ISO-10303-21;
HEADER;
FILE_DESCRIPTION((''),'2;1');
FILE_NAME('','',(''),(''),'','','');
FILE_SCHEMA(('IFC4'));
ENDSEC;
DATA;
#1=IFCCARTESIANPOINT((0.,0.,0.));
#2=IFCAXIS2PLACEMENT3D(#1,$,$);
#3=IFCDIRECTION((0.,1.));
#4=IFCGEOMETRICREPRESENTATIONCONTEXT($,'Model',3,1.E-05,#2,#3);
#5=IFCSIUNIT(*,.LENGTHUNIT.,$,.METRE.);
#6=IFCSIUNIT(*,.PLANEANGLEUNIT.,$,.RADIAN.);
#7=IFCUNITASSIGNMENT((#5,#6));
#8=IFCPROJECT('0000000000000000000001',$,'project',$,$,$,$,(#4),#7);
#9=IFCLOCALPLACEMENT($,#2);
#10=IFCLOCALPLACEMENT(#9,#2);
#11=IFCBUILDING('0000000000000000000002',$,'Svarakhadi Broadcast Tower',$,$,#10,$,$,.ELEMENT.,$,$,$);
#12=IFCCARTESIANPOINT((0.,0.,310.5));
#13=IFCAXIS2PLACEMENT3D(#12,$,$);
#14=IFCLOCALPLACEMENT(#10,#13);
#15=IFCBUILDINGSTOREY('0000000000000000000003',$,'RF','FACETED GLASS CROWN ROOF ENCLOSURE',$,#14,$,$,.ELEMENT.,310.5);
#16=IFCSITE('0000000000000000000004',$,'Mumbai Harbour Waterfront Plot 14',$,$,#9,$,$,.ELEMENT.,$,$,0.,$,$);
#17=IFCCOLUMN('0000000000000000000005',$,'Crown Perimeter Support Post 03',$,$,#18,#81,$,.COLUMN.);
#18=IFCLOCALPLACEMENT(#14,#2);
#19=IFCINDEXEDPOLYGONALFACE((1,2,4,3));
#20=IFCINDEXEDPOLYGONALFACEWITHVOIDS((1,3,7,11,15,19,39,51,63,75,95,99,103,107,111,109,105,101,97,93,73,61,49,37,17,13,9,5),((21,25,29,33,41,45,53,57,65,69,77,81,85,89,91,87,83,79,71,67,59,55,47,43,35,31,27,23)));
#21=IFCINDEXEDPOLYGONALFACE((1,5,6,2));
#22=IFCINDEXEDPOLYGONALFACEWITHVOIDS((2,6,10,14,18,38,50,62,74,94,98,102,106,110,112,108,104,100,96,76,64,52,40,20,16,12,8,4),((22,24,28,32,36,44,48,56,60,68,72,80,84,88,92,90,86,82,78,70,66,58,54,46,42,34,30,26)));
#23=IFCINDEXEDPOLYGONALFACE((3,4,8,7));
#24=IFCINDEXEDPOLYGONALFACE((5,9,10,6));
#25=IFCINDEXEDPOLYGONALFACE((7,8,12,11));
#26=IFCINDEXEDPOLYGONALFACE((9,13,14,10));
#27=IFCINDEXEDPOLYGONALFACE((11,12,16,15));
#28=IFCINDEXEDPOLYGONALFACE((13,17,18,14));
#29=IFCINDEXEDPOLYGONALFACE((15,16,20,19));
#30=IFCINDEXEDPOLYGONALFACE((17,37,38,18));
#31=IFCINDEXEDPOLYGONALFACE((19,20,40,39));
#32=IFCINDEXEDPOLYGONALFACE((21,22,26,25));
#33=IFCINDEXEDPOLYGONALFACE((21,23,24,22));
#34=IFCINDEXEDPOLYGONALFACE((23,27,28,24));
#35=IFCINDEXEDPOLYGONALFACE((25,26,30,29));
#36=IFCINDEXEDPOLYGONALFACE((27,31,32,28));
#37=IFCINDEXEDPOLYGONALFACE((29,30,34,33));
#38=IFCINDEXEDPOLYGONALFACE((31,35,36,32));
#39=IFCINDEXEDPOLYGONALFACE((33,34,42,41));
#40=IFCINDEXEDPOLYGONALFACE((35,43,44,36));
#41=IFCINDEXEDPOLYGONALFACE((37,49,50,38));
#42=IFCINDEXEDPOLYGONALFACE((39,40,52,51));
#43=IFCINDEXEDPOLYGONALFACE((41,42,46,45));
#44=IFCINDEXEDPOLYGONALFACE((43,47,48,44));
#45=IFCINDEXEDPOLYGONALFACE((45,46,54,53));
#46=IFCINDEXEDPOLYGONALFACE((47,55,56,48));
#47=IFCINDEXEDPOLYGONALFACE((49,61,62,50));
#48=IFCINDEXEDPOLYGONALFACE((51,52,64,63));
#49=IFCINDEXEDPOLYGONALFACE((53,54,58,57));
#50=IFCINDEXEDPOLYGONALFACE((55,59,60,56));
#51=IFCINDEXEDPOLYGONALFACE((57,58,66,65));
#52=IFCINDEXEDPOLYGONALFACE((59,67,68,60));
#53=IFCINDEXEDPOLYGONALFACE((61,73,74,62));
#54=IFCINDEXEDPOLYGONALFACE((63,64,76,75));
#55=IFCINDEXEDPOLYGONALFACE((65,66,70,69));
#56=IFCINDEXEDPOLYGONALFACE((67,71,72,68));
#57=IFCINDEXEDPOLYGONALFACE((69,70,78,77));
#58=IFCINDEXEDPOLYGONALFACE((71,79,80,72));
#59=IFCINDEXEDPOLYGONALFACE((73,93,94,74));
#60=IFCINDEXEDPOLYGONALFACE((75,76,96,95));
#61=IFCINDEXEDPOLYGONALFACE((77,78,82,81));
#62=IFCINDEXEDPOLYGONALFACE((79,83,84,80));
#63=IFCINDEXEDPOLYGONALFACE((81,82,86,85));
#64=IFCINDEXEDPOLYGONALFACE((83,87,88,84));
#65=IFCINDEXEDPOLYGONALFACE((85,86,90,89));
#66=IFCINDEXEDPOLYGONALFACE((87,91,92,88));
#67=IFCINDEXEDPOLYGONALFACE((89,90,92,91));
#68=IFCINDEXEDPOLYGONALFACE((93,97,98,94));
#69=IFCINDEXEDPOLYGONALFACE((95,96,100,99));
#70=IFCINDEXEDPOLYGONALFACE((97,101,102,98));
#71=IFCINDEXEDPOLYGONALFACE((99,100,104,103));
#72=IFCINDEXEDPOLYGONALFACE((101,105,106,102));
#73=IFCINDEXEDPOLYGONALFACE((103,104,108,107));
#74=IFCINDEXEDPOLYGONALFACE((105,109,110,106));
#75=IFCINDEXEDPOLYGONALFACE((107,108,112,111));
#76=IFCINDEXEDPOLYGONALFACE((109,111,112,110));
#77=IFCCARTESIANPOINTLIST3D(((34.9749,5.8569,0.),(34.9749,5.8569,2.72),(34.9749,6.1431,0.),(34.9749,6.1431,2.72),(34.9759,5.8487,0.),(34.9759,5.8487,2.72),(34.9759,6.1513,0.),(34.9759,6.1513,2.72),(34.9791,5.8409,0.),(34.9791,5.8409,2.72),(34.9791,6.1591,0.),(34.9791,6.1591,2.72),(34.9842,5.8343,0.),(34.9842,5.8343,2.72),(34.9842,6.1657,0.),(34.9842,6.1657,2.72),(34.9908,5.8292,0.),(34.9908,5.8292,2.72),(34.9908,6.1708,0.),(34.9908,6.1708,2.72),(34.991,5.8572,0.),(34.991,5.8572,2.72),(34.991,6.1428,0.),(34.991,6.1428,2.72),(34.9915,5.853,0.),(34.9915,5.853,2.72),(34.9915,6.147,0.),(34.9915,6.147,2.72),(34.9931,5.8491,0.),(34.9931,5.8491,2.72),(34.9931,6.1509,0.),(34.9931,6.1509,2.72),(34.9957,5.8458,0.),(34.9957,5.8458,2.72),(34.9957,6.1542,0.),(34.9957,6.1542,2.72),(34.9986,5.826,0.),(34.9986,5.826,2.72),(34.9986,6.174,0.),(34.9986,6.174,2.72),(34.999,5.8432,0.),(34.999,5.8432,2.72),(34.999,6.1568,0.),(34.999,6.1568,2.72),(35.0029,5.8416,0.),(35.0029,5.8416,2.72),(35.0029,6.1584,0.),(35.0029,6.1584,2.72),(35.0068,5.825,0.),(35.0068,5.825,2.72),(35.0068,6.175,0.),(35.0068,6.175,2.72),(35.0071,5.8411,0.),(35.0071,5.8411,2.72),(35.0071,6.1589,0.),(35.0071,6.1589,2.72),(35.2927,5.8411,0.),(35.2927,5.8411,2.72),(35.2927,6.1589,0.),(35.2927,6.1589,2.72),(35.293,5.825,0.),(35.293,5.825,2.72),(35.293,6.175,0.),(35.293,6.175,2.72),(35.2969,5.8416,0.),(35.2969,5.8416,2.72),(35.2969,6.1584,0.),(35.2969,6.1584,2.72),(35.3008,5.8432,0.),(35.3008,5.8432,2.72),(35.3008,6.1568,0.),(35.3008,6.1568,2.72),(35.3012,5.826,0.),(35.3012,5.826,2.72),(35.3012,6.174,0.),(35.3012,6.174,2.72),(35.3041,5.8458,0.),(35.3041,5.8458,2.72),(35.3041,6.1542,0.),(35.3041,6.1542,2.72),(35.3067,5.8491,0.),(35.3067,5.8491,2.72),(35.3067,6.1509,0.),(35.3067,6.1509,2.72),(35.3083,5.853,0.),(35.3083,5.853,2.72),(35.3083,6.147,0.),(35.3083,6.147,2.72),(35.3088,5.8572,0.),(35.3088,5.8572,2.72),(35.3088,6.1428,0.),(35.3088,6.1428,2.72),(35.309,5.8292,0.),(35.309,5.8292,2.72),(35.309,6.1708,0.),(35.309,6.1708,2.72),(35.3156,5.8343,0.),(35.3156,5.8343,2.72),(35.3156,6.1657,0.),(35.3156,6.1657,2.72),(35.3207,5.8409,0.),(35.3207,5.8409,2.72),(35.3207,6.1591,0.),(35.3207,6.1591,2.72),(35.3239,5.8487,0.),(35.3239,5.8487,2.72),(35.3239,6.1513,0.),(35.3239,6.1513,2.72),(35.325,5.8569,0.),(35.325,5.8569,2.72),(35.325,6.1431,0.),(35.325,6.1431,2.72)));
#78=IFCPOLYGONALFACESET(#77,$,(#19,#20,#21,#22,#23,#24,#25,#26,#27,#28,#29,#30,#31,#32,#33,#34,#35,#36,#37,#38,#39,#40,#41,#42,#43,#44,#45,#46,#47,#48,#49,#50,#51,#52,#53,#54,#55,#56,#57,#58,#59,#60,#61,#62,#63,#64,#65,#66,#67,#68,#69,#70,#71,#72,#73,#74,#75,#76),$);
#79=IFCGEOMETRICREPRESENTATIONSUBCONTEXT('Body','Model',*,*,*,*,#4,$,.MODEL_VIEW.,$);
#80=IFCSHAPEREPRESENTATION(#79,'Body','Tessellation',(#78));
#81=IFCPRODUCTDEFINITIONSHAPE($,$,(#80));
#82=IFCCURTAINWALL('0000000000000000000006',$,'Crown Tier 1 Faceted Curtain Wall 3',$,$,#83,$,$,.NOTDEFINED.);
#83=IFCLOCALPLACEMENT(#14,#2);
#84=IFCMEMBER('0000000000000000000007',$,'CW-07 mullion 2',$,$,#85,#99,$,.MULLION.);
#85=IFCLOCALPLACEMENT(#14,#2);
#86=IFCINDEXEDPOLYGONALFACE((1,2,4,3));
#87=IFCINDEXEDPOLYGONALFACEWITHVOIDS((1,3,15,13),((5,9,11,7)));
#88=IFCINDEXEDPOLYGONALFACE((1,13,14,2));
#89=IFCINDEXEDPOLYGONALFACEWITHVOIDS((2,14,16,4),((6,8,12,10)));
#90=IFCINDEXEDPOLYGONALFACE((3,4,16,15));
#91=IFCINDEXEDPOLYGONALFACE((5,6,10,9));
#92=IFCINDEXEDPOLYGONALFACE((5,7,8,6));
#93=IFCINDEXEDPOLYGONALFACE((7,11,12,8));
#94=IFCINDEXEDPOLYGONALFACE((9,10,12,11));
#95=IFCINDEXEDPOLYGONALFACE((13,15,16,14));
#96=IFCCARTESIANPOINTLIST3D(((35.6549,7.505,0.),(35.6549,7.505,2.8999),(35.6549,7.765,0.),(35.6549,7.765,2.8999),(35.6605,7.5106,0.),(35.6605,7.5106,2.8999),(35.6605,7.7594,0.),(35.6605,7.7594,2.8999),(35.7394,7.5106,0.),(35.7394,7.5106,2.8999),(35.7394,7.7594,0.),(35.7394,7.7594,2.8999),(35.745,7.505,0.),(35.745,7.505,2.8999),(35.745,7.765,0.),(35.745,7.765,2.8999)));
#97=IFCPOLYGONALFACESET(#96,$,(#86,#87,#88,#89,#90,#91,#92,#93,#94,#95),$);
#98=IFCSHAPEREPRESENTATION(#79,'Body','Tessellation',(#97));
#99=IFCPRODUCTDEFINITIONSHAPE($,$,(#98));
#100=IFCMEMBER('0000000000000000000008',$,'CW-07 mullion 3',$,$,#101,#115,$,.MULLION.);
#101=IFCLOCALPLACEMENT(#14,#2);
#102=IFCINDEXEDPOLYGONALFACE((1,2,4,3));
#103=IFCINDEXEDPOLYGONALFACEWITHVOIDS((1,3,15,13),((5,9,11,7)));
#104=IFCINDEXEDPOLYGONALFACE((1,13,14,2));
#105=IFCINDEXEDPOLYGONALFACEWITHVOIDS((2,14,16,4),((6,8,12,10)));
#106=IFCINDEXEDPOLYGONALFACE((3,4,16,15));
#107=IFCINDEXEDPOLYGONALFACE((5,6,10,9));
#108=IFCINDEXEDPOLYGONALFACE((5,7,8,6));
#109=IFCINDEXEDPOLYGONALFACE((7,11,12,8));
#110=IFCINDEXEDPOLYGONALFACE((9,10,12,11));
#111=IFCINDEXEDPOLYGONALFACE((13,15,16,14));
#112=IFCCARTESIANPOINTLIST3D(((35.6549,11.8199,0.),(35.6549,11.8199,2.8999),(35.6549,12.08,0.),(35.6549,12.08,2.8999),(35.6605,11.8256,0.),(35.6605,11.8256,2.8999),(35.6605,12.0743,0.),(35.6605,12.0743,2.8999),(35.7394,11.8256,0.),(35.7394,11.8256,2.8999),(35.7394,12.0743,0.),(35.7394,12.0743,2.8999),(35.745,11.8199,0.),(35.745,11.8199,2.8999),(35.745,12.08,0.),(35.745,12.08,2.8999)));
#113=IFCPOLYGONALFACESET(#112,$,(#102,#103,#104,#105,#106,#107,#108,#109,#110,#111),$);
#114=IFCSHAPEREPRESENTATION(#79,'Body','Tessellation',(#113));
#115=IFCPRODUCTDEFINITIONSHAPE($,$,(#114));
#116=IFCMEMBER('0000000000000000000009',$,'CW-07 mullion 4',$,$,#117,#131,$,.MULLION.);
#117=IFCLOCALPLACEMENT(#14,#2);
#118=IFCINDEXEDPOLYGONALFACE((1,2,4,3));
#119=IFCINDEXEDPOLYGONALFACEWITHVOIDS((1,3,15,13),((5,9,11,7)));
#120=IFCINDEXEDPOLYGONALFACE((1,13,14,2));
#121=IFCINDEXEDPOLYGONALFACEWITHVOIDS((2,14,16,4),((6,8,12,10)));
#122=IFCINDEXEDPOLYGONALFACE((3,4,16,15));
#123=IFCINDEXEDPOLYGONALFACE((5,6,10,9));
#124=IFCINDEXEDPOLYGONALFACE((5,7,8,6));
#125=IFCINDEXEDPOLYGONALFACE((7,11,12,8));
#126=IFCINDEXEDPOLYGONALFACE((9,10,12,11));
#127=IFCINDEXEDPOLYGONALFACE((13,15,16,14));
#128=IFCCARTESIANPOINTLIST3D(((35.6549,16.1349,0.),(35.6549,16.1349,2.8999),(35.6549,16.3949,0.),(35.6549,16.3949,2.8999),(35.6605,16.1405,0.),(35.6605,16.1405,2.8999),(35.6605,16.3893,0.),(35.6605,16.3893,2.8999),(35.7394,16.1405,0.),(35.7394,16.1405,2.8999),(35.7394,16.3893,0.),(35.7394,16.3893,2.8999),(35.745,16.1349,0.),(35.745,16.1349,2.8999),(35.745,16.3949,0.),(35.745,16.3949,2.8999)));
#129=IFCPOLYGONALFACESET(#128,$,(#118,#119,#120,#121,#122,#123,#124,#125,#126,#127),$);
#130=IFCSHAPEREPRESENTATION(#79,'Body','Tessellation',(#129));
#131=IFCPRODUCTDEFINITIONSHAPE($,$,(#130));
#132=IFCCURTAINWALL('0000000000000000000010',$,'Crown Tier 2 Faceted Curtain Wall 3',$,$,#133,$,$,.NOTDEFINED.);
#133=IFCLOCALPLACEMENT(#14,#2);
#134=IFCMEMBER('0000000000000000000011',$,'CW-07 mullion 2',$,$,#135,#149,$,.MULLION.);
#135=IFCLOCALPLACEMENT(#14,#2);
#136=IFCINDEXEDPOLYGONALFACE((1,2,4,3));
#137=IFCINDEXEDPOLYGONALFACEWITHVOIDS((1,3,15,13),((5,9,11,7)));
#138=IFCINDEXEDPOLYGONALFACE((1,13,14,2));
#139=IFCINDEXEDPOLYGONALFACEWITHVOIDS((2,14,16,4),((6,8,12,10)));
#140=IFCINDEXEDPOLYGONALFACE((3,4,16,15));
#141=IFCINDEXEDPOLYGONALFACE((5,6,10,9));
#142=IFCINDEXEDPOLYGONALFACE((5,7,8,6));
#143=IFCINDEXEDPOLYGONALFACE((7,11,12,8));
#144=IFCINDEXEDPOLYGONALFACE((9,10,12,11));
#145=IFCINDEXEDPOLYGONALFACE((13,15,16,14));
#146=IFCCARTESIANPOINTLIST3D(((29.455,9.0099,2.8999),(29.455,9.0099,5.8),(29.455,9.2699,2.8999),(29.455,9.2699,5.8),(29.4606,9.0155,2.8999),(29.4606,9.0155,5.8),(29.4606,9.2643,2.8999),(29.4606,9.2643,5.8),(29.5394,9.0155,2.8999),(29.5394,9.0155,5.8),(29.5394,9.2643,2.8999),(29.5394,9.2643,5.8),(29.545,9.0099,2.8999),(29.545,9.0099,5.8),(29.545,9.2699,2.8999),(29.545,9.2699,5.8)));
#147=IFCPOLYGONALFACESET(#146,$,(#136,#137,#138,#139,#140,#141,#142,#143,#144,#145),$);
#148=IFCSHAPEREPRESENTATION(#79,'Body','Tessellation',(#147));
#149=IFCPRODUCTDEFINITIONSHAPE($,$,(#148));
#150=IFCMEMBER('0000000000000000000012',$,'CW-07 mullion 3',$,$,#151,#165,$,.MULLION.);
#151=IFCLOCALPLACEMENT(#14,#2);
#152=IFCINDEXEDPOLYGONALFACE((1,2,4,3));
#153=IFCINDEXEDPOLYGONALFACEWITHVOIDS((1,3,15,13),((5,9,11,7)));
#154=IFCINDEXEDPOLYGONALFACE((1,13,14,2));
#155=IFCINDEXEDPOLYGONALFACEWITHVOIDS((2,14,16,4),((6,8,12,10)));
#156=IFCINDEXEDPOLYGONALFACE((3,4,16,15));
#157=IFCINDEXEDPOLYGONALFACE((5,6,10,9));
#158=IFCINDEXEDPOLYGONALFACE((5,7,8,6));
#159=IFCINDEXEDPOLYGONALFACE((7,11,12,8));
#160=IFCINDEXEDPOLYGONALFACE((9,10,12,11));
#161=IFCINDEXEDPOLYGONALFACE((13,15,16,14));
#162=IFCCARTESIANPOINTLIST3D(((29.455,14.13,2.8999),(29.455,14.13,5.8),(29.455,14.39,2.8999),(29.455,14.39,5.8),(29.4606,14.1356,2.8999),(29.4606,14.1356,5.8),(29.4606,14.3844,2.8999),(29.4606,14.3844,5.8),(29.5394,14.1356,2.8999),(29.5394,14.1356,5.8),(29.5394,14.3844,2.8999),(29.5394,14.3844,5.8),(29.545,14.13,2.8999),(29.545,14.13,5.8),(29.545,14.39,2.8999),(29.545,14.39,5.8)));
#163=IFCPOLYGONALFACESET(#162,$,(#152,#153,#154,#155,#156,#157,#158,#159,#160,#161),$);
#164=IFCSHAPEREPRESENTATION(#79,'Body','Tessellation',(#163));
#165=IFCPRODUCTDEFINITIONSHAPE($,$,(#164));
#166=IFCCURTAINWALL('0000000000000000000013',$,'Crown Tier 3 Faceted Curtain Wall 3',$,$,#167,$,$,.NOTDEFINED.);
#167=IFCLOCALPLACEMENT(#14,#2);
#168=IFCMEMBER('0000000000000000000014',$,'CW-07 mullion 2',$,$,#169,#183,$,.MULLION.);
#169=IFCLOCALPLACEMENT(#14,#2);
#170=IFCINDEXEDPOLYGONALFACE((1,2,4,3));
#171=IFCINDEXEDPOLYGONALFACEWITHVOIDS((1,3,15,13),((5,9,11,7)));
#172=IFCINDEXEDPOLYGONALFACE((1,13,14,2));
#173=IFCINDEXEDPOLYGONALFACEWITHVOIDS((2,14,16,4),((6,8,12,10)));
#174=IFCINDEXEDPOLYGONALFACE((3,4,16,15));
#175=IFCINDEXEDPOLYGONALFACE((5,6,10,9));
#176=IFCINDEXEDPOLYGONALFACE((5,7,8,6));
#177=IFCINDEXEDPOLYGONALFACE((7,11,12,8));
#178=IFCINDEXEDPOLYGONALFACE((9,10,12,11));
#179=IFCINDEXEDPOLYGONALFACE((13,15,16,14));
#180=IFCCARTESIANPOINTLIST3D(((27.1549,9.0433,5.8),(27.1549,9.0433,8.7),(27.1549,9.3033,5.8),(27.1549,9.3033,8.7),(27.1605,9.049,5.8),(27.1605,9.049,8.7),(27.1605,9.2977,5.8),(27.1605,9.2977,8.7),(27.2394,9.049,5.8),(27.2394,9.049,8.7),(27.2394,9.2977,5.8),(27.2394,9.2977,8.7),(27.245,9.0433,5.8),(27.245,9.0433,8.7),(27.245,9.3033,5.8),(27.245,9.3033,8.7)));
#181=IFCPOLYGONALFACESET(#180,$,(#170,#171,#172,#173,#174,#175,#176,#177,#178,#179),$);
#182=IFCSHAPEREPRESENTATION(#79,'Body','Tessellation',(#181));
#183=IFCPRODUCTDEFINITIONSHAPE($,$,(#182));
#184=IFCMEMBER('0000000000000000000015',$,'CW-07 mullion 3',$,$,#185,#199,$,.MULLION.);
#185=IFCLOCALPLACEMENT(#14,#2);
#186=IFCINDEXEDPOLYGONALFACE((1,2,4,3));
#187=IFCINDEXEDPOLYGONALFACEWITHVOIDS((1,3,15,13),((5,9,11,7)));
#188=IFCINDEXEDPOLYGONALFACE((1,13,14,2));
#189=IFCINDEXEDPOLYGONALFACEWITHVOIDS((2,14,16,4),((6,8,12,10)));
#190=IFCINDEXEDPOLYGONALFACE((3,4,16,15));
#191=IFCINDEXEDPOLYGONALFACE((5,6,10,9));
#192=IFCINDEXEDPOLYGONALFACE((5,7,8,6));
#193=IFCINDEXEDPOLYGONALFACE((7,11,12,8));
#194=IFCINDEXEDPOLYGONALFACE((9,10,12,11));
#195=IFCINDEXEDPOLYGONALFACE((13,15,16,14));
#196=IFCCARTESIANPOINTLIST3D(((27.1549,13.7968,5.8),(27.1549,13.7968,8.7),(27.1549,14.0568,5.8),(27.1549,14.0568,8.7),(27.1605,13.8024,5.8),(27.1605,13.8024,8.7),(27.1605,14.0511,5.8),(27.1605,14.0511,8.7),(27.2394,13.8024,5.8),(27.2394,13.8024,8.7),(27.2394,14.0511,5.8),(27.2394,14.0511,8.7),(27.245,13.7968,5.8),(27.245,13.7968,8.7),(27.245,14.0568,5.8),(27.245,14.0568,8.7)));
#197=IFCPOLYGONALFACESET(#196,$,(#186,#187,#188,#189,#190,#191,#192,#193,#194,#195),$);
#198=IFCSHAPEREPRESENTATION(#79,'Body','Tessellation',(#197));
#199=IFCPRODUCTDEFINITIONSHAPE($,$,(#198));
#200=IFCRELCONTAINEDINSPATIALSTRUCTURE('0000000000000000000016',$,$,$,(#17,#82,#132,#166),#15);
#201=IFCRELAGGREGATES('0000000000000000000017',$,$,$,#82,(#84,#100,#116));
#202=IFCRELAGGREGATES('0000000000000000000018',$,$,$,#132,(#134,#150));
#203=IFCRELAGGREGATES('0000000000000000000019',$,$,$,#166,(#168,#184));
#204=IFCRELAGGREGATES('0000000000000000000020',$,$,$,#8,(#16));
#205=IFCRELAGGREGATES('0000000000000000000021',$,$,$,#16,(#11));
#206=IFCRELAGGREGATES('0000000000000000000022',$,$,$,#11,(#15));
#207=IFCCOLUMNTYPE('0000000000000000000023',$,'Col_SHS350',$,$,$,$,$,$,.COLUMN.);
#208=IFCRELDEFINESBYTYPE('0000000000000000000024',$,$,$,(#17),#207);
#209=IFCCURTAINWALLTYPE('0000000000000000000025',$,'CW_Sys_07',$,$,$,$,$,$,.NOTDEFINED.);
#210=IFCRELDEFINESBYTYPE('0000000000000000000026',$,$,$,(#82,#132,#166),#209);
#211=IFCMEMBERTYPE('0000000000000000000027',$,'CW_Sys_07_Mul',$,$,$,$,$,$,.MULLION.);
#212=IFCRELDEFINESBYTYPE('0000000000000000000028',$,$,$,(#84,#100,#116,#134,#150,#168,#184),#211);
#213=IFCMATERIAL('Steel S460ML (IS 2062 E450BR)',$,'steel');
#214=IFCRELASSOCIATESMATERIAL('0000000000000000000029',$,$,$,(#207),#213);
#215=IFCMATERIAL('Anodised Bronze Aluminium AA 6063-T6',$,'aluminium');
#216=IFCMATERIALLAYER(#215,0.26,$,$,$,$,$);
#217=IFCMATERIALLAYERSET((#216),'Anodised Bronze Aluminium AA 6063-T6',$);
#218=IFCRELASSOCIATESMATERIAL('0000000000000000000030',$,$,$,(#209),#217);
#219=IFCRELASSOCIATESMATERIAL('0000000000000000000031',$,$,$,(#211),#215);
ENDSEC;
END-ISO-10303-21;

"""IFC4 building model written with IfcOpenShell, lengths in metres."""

from ifc_helpers import new_model, si_unit, direction, frame, origin, origin_2d, place, context, subcontext, project, spatial, hollow_rectangle, extrude, material, layer, layer_set, material_profile, profile_set, type_object, element, aggregate, save


model = new_model("IFC4")

# Units and contexts
model_context = context("Model", 3, precision=1e-05, world=origin(), true_north=direction((0.0, 1.0)))
body_context = subcontext(model_context, "Body", "Model", "MODEL_VIEW")
ifc_project = project(units=[si_unit("LENGTHUNIT", "METRE"), si_unit("PLANEANGLEUNIT", "RADIAN")], contexts=[model_context])

# Site, building, storey
site_placement = place(None, origin())
site = spatial("IfcSite", under=ifc_project, at=site_placement, Name="Mumbai Harbour Waterfront Plot 14", CompositionType="ELEMENT", RefElevation=0.0)
building_placement = place(site_placement, origin())
building = spatial("IfcBuilding", under=site, at=building_placement, Name="Svarakhadi Broadcast Tower", CompositionType="ELEMENT")
storey_placement = place(building_placement, frame((0.0, 0.0, 310.5)))
storey = spatial("IfcBuildingStorey", under=building, at=storey_placement, Name="RF", Description="FACETED GLASS CROWN ROOF ENCLOSURE", CompositionType="ELEMENT", Elevation=310.5)

# Column
ifc_material_1 = material(Name="Steel S460ML (IS 2062 E450BR)", Category="steel")
ifc_material_profile_1 = material_profile(ifc_material_1, hollow_rectangle(XDim=0.3501, YDim=0.3501, WallThickness=0.0161, InnerFilletRadius=0.0161, OuterFilletRadius=0.032, at=origin_2d()), Name="SHS 350x350x16")
ifc_profile_set_1 = profile_set([ifc_material_profile_1], Name="Steel S460ML (IS 2062 E450BR)")
column_type = type_object("IfcColumnType", Name="Col_SHS350", PredefinedType="COLUMN", material=ifc_profile_set_1)
column_placement = place(storey_placement, frame((35.1499, 6.0, 0.0), z_axis=(0.0, 0.0, 1.0), x_axis=(1.0, 0.0, 0.0)))
element("IfcColumn", 1, at=column_placement, inside=storey, type_object=column_type, Name="Crown Perimeter Support Post 03", PredefinedType="COLUMN", context=body_context, shape_type="SweptSolid", body=[
    extrude(hollow_rectangle(XDim=0.3501, YDim=0.3501, WallThickness=0.0161, InnerFilletRadius=0.0161, OuterFilletRadius=0.032, at=origin_2d()), origin(), (0.0, 0.0, 1.0), 2.72),
])

# Curtain walls, members
ifc_material_2 = material(Name="Anodised Bronze Aluminium AA 6063-T6", Category="aluminium")
ifc_layer_1 = layer(ifc_material_2, 0.26)
ifc_layer_set_1 = layer_set([ifc_layer_1], Name="Anodised Bronze Aluminium AA 6063-T6")
curtain_wall_type = type_object("IfcCurtainWallType", Name="CW_Sys_07", PredefinedType="NOTDEFINED", material=ifc_layer_set_1)
curtain_wall_1_placement = place(storey_placement, origin())
curtain_wall_1 = element("IfcCurtainWall", 2, at=curtain_wall_1_placement, inside=storey, type_object=curtain_wall_type, Name="Crown Tier 1 Faceted Curtain Wall 3", PredefinedType="NOTDEFINED")
ifc_material_profile_2 = material_profile(ifc_material_2, hollow_rectangle(XDim=0.0901, YDim=0.26, WallThickness=0.0056, at=origin_2d()), Name="ALU MULLION 260x90x6")
ifc_profile_set_2 = profile_set([ifc_material_profile_2], Name="Anodised Bronze Aluminium AA 6063-T6")
member_type_1 = type_object("IfcMemberType", Name="CW_Sys_07_Mul", PredefinedType="MULLION", material=ifc_profile_set_2)
member_1_placement = place(storey_placement, frame((35.7, 7.635, 0.0), z_axis=(0.0, 0.0, 1.0), x_axis=(-1.0, 0.0, 0.0)))
member_1 = element("IfcMember", 3, at=member_1_placement, type_object=member_type_1, Name="CW-07 mullion 2", PredefinedType="MULLION", context=body_context, shape_type="SweptSolid", body=[
    extrude(hollow_rectangle(XDim=0.0901, YDim=0.26, WallThickness=0.0056, at=origin_2d()), origin(), (0.0, 0.0, 1.0), 2.8999),
])
member_2_placement = place(storey_placement, frame((35.7, 11.95, 0.0), z_axis=(0.0, 0.0, 1.0), x_axis=(-1.0, 0.0, 0.0)))
member_2 = element("IfcMember", 4, at=member_2_placement, type_object=member_type_1, Name="CW-07 mullion 3", PredefinedType="MULLION", context=body_context, shape_type="SweptSolid", body=[
    extrude(hollow_rectangle(XDim=0.0901, YDim=0.26, WallThickness=0.0056, at=origin_2d()), origin(), (0.0, 0.0, 1.0), 2.8999),
])
member_3_placement = place(storey_placement, frame((35.7, 16.2649, 0.0), z_axis=(0.0, 0.0, 1.0), x_axis=(-1.0, 0.0, 0.0)))
member_3 = element("IfcMember", 5, at=member_3_placement, type_object=member_type_1, Name="CW-07 mullion 4", PredefinedType="MULLION", context=body_context, shape_type="SweptSolid", body=[
    extrude(hollow_rectangle(XDim=0.0901, YDim=0.26, WallThickness=0.0056, at=origin_2d()), origin(), (0.0, 0.0, 1.0), 2.8999),
])
curtain_wall_2_placement = place(storey_placement, origin())
curtain_wall_2 = element("IfcCurtainWall", 6, at=curtain_wall_2_placement, inside=storey, type_object=curtain_wall_type, Name="Crown Tier 2 Faceted Curtain Wall 3", PredefinedType="NOTDEFINED")
member_4_placement = place(storey_placement, frame((29.5, 9.1399, 2.8999), z_axis=(0.0, 0.0, 1.0), x_axis=(-1.0, 0.0, 0.0)))
member_4 = element("IfcMember", 7, at=member_4_placement, type_object=member_type_1, Name="CW-07 mullion 2", PredefinedType="MULLION", context=body_context, shape_type="SweptSolid", body=[
    extrude(hollow_rectangle(XDim=0.0901, YDim=0.26, WallThickness=0.0056, at=origin_2d()), origin(), (0.0, 0.0, 1.0), 2.9001),
])
member_5_placement = place(storey_placement, frame((29.5, 14.26, 2.8999), z_axis=(0.0, 0.0, 1.0), x_axis=(-1.0, 0.0, 0.0)))
member_5 = element("IfcMember", 8, at=member_5_placement, type_object=member_type_1, Name="CW-07 mullion 3", PredefinedType="MULLION", context=body_context, shape_type="SweptSolid", body=[
    extrude(hollow_rectangle(XDim=0.0901, YDim=0.26, WallThickness=0.0056, at=origin_2d()), origin(), (0.0, 0.0, 1.0), 2.9001),
])
curtain_wall_3_placement = place(storey_placement, origin())
curtain_wall_3 = element("IfcCurtainWall", 9, at=curtain_wall_3_placement, inside=storey, type_object=curtain_wall_type, Name="Crown Tier 3 Faceted Curtain Wall 3", PredefinedType="NOTDEFINED")
member_6_placement = place(storey_placement, frame((27.2, 9.1733, 5.8), z_axis=(0.0, 0.0, 1.0), x_axis=(-1.0, 0.0, 0.0)))
member_6 = element("IfcMember", 10, at=member_6_placement, type_object=member_type_1, Name="CW-07 mullion 2", PredefinedType="MULLION", context=body_context, shape_type="SweptSolid", body=[
    extrude(hollow_rectangle(XDim=0.0901, YDim=0.26, WallThickness=0.0056, at=origin_2d()), origin(), (0.0, 0.0, 1.0), 2.8999),
])
member_7_placement = place(storey_placement, frame((27.2, 13.9268, 5.8), z_axis=(0.0, 0.0, 1.0), x_axis=(-1.0, 0.0, 0.0)))
member_7 = element("IfcMember", 11, at=member_7_placement, type_object=member_type_1, Name="CW-07 mullion 3", PredefinedType="MULLION", context=body_context, shape_type="SweptSolid", body=[
    extrude(hollow_rectangle(XDim=0.0901, YDim=0.26, WallThickness=0.0056, at=origin_2d()), origin(), (0.0, 0.0, 1.0), 2.8999),
])

aggregate(curtain_wall_1, [member_1, member_2, member_3])
aggregate(curtain_wall_2, [member_4, member_5])
aggregate(curtain_wall_3, [member_6, member_7])

save(model, "model.ifc")
